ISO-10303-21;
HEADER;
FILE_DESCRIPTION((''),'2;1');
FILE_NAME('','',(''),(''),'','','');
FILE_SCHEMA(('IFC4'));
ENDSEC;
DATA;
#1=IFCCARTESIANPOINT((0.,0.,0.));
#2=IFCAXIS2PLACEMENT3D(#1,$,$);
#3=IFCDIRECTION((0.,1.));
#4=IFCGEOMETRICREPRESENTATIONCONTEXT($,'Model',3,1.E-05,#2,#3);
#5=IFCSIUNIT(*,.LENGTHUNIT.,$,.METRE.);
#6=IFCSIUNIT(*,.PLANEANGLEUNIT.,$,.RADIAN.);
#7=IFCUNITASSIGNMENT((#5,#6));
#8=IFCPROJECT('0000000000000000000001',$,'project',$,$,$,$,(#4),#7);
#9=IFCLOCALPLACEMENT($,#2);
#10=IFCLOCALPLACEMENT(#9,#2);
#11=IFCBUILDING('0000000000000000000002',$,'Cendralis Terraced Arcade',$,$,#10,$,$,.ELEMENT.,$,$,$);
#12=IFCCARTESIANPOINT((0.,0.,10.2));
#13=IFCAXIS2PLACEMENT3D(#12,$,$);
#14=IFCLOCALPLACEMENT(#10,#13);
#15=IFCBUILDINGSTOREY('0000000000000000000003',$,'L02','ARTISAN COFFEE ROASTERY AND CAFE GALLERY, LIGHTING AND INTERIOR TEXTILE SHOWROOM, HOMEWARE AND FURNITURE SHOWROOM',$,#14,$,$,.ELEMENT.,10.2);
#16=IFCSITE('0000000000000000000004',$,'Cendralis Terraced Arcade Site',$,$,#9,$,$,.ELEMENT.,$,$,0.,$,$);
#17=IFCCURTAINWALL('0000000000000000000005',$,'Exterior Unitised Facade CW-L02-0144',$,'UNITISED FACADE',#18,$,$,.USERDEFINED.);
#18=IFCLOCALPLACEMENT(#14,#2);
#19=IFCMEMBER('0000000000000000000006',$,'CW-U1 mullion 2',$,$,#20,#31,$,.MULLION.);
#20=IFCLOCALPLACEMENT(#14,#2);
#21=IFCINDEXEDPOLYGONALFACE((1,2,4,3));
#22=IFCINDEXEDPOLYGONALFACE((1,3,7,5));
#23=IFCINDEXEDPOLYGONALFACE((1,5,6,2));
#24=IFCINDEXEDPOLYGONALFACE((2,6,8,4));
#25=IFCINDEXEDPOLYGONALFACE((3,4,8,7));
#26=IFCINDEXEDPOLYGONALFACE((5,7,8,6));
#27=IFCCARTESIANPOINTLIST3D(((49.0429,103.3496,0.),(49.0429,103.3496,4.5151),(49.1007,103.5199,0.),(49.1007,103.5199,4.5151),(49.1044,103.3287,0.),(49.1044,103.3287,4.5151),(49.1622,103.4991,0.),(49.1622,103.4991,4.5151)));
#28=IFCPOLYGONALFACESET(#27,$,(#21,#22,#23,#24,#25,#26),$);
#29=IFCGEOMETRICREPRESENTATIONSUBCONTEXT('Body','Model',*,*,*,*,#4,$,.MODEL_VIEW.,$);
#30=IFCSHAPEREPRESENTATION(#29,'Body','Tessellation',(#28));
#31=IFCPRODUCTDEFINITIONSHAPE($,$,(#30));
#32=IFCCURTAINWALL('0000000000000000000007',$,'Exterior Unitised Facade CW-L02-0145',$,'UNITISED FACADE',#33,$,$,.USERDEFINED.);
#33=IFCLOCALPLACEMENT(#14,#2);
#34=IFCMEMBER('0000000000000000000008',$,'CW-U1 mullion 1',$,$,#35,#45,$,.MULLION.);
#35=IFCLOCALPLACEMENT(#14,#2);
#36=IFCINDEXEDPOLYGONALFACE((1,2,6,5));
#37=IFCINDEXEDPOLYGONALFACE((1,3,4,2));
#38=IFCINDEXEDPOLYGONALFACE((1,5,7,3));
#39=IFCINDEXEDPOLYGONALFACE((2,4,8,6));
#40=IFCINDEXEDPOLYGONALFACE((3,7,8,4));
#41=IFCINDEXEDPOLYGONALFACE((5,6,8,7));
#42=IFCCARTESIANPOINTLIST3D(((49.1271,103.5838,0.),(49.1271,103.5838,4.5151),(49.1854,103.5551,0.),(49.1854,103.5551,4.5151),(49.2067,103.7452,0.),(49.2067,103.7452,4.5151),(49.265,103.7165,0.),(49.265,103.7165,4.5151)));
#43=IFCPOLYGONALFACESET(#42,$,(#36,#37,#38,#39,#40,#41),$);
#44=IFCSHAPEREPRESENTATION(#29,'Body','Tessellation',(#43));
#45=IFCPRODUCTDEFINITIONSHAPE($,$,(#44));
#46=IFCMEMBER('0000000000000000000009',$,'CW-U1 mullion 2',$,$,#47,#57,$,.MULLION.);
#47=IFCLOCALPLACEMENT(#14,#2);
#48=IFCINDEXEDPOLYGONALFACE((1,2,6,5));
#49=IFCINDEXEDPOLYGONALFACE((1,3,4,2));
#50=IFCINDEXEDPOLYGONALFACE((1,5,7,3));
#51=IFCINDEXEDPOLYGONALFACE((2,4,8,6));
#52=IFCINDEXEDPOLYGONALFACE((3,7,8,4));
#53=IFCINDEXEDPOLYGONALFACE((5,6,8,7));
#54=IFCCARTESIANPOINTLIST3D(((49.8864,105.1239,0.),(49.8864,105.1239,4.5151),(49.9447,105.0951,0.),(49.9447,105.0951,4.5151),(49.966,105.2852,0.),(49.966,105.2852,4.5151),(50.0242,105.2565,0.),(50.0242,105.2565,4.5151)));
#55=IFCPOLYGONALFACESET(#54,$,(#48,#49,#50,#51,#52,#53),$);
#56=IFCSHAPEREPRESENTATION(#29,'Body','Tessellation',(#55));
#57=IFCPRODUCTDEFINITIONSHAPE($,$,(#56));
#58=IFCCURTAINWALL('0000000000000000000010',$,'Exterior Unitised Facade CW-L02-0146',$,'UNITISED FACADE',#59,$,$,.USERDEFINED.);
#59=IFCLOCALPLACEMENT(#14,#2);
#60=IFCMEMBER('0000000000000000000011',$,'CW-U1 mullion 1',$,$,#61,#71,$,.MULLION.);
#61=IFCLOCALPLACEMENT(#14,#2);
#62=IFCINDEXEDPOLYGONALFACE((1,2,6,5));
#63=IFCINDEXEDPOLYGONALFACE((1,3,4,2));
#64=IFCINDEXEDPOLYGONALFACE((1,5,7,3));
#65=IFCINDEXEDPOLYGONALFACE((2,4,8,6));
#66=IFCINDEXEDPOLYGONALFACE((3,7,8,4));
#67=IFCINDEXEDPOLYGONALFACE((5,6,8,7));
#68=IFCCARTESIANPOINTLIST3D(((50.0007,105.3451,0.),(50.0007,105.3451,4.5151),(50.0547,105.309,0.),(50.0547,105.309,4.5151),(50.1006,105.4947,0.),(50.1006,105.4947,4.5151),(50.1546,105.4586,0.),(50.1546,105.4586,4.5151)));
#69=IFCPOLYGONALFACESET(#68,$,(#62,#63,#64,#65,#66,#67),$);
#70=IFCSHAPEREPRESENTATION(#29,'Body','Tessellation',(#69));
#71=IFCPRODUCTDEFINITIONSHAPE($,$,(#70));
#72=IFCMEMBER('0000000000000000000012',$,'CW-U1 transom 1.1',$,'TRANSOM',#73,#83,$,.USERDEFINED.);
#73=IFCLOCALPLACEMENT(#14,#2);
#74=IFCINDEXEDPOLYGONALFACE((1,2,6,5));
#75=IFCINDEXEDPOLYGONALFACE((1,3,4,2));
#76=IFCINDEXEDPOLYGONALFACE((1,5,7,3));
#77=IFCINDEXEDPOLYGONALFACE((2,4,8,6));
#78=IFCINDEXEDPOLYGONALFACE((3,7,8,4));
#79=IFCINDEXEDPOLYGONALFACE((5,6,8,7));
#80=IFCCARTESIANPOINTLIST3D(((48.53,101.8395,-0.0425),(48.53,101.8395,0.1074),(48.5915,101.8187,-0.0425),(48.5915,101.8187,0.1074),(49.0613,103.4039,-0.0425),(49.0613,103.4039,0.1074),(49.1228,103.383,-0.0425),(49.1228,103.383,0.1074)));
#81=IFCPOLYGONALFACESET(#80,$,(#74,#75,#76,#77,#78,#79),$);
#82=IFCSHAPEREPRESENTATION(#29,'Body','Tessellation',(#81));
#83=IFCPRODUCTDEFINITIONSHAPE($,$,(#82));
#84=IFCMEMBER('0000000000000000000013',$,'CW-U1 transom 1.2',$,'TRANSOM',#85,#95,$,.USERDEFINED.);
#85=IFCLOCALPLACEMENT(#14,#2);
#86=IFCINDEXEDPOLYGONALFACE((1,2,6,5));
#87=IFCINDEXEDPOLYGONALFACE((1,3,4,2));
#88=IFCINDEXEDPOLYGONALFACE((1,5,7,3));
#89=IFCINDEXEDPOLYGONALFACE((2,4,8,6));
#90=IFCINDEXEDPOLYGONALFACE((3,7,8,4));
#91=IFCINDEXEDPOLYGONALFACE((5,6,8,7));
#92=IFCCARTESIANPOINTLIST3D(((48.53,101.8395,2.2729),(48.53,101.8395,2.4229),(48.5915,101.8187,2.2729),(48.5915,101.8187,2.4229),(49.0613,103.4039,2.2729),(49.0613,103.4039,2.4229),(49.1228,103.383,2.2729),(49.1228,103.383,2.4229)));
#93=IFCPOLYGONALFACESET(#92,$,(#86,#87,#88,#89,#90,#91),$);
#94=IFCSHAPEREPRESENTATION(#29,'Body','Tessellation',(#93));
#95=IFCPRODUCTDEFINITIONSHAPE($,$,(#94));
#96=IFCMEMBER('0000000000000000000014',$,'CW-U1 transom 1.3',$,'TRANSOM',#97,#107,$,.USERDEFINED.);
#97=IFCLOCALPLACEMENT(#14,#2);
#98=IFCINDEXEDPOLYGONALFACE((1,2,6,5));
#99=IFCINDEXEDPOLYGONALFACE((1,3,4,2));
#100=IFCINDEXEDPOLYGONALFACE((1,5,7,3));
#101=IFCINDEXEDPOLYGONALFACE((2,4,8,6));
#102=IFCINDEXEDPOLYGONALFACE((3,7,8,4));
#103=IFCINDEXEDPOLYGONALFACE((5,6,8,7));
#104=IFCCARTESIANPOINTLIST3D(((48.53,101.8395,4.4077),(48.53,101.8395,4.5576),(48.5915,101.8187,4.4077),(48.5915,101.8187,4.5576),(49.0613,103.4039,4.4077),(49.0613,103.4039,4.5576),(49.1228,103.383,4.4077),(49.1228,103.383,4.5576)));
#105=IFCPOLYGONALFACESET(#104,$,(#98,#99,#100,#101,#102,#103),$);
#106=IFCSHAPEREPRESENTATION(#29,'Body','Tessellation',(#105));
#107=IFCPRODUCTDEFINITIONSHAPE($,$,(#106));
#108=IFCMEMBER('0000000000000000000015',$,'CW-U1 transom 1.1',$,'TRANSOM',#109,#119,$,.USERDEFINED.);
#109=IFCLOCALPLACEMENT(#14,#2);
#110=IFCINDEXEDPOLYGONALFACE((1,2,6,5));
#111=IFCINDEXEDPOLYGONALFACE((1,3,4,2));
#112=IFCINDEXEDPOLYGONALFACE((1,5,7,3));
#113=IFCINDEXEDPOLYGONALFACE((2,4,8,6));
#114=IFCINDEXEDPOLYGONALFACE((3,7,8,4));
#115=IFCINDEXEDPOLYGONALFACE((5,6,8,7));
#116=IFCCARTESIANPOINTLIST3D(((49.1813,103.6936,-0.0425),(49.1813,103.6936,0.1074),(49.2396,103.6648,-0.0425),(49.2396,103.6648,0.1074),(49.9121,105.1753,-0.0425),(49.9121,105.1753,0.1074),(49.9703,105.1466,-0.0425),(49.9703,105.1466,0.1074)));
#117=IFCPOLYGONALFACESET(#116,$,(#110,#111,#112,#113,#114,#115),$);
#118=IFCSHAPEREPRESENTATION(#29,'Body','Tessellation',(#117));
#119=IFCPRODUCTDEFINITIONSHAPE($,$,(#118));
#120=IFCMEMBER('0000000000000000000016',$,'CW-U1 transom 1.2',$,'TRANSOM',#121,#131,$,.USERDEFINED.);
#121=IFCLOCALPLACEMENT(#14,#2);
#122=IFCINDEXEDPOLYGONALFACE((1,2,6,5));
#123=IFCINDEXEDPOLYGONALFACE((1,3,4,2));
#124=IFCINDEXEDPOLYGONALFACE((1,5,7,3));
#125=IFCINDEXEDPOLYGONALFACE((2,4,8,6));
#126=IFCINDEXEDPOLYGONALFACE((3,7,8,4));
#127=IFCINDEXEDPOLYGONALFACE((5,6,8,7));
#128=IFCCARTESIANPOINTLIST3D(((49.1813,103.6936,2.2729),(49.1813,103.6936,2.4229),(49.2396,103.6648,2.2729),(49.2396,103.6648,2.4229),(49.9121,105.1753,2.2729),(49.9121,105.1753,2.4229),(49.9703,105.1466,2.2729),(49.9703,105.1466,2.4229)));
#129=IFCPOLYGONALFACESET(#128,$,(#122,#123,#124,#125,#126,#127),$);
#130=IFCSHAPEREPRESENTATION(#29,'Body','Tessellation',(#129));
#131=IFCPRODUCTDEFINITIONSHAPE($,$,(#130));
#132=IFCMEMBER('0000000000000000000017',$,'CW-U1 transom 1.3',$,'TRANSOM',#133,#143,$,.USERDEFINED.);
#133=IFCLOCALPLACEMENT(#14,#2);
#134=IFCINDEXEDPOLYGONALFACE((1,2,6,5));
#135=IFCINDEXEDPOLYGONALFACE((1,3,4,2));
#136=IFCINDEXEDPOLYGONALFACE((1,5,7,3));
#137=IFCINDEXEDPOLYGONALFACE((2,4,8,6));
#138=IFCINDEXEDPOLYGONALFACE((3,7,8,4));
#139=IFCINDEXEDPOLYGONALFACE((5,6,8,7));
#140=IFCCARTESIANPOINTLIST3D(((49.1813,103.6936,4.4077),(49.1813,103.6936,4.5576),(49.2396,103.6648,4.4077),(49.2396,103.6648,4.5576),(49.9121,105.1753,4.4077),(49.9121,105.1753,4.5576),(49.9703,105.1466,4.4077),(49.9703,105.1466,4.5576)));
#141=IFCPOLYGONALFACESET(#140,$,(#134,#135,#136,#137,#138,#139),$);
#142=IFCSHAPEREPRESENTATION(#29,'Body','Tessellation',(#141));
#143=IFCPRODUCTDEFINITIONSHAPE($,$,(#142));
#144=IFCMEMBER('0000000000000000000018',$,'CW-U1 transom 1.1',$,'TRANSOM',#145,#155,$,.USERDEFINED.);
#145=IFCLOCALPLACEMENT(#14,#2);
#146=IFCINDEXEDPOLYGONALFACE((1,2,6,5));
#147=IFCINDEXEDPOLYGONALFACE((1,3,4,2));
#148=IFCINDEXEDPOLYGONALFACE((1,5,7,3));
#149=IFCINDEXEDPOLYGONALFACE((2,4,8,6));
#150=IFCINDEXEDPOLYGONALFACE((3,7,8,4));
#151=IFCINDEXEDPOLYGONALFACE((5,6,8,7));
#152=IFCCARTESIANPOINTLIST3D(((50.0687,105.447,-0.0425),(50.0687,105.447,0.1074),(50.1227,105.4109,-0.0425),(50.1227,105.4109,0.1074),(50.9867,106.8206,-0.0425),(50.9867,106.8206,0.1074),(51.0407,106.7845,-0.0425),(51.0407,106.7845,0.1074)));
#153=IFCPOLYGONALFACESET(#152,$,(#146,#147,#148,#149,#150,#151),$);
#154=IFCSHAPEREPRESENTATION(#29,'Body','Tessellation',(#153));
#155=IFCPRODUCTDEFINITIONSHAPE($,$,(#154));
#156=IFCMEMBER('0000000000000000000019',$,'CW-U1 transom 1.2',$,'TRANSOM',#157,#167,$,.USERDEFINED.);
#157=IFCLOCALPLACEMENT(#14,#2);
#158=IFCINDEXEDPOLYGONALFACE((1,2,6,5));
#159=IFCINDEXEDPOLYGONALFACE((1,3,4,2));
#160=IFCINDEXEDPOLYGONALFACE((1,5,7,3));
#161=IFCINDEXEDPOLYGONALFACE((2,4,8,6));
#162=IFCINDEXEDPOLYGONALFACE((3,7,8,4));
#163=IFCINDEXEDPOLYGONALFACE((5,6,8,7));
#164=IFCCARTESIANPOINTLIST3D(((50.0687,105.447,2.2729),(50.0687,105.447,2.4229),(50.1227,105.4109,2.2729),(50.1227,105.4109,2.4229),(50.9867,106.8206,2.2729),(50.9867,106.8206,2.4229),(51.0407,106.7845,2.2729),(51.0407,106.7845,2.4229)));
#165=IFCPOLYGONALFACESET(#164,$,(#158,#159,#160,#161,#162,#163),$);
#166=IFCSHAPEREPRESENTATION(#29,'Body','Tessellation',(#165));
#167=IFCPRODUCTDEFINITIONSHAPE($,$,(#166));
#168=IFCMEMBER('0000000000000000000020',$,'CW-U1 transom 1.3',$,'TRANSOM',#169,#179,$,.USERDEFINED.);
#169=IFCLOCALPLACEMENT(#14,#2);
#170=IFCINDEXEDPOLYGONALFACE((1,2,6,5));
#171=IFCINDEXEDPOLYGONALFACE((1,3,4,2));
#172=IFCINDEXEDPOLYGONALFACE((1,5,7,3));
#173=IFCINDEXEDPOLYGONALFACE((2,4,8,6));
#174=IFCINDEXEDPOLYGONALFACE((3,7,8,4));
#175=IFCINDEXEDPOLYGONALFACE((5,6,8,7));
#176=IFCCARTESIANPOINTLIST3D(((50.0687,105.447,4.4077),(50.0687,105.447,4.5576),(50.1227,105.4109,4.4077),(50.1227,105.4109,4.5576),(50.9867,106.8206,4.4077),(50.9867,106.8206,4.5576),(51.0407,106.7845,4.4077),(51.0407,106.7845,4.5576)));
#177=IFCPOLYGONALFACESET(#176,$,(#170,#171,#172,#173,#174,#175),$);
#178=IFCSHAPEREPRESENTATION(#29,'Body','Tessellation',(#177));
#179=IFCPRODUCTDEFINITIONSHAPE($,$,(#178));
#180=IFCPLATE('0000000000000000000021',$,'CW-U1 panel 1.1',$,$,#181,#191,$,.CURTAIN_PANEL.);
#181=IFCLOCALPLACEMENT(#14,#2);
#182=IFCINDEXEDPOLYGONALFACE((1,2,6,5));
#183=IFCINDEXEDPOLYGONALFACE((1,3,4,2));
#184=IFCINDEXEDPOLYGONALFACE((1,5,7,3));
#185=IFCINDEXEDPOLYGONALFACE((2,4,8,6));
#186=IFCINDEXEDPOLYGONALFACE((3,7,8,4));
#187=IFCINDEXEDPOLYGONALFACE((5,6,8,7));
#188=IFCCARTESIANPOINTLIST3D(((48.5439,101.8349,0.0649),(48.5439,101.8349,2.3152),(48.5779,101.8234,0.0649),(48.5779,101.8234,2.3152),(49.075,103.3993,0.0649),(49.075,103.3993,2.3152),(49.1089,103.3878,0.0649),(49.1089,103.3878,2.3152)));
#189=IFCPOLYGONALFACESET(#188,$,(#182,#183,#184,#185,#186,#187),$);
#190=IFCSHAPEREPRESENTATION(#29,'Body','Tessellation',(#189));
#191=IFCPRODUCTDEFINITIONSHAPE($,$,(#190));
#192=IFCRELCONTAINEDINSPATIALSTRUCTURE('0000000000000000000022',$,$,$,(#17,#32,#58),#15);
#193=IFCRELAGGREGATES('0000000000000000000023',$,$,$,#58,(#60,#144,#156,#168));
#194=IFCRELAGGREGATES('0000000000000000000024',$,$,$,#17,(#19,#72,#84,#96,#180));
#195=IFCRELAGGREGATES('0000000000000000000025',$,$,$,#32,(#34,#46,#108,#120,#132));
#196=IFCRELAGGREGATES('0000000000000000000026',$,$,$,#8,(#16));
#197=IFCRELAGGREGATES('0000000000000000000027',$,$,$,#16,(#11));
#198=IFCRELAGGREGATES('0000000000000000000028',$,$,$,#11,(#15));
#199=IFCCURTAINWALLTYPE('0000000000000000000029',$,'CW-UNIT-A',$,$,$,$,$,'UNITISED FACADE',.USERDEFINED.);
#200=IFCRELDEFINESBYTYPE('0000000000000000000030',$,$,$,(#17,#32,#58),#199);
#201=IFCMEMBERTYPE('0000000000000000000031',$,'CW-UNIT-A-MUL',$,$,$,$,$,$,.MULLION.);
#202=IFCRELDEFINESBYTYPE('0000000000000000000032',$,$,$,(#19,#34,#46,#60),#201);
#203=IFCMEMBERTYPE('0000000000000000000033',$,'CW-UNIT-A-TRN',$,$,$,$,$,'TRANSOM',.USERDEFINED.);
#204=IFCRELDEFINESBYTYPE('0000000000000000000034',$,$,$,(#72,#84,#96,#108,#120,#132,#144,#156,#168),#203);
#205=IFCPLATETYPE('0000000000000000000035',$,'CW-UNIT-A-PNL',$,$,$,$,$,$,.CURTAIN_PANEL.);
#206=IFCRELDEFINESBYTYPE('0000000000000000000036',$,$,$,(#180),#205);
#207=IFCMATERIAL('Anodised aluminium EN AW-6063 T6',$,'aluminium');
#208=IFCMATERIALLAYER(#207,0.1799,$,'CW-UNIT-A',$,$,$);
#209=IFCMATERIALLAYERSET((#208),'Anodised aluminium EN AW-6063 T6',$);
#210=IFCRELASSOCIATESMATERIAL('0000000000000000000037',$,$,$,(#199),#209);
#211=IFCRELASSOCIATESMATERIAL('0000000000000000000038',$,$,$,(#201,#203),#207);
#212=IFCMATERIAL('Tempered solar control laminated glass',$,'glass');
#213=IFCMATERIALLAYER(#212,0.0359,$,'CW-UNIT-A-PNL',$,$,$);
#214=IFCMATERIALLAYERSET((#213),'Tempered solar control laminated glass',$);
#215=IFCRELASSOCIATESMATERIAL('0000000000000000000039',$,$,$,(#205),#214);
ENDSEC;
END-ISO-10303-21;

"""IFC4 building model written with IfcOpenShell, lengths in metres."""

from ifc_helpers import new_model, si_unit, direction, frame, origin, origin_2d, place, context, subcontext, project, spatial, rectangle, extrude, material, layer, layer_set, material_profile, profile_set, type_object, element, aggregate, save


model = new_model("IFC4")

# Units and contexts
model_context = context("Model", 3, precision=1e-05, world=origin(), true_north=direction((0.0, 1.0)))
body_context = subcontext(model_context, "Body", "Model", "MODEL_VIEW")
ifc_project = project(units=[si_unit("LENGTHUNIT", "METRE"), si_unit("PLANEANGLEUNIT", "RADIAN")], contexts=[model_context])

# Site, building, storey
site_placement = place(None, origin())
site = spatial("IfcSite", under=ifc_project, at=site_placement, Name="Cendralis Terraced Arcade Site", CompositionType="ELEMENT", RefElevation=0.0)
building_placement = place(site_placement, origin())
building = spatial("IfcBuilding", under=site, at=building_placement, Name="Cendralis Terraced Arcade", CompositionType="ELEMENT")
storey_placement = place(building_placement, frame((0.0, 0.0, 10.2)))
storey = spatial("IfcBuildingStorey", under=building, at=storey_placement, Name="L02", Description="ARTISAN COFFEE ROASTERY AND CAFE GALLERY, LIGHTING AND INTERIOR TEXTILE SHOWROOM, HOMEWARE AND FURNITURE SHOWROOM", CompositionType="ELEMENT", Elevation=10.2)

# Curtain wall, member
ifc_material_1 = material(Name="Anodised aluminium EN AW-6063 T6", Category="aluminium")
ifc_layer_1 = layer(ifc_material_1, 0.1799, Name="CW-UNIT-A")
ifc_layer_set_1 = layer_set([ifc_layer_1], Name="Anodised aluminium EN AW-6063 T6")
curtain_wall_type = type_object("IfcCurtainWallType", Name="CW-UNIT-A", ElementType="UNITISED FACADE", PredefinedType="USERDEFINED", material=ifc_layer_set_1)
curtain_wall_1_placement = place(storey_placement, origin())
curtain_wall_1 = element("IfcCurtainWall", 1, at=curtain_wall_1_placement, inside=storey, type_object=curtain_wall_type, Name="Exterior Unitised Facade CW-L02-0144", ObjectType="UNITISED FACADE", PredefinedType="USERDEFINED")
ifc_material_profile_1 = material_profile(ifc_material_1, rectangle(XDim=0.0649, YDim=0.1799, at=origin_2d()), Name="ALU-MUL-65x180")
ifc_profile_set_1 = profile_set([ifc_material_profile_1], Name="Anodised aluminium EN AW-6063 T6")
member_type_1 = type_object("IfcMemberType", Name="CW-UNIT-A-MUL", PredefinedType="MULLION", material=ifc_profile_set_1)
member_1_placement = place(storey_placement, frame((49.1025, 103.4243, 0.0), z_axis=(0.0, 0.0, 1.0), x_axis=(-0.946924, 0.321458, 0.0)))
member_1 = element("IfcMember", 2, at=member_1_placement, type_object=member_type_1, Name="CW-U1 mullion 2", PredefinedType="MULLION", context=body_context, shape_type="SweptSolid", body=[
    extrude(rectangle(XDim=0.0649, YDim=0.1799, at=origin_2d()), origin(), (0.0, 0.0, 1.0), 4.5151),
])

# Curtain wall, members
curtain_wall_2_placement = place(storey_placement, origin())
curtain_wall_2 = element("IfcCurtainWall", 3, at=curtain_wall_2_placement, inside=storey, type_object=curtain_wall_type, Name="Exterior Unitised Facade CW-L02-0145", ObjectType="UNITISED FACADE", PredefinedType="USERDEFINED")
member_2_placement = place(storey_placement, frame((49.196, 103.6501, 0.0), z_axis=(0.0, 0.0, 1.0), x_axis=(-0.896871, 0.442291, 0.0)))
member_2 = element("IfcMember", 4, at=member_2_placement, type_object=member_type_1, Name="CW-U1 mullion 1", PredefinedType="MULLION", context=body_context, shape_type="SweptSolid", body=[
    extrude(rectangle(XDim=0.0649, YDim=0.1799, at=origin_2d()), origin(), (0.0, 0.0, 1.0), 4.5151),
])
member_3_placement = place(storey_placement, frame((49.9553, 105.1902, 0.0), z_axis=(0.0, 0.0, 1.0), x_axis=(-0.896871, 0.442291, 0.0)))
member_3 = element("IfcMember", 5, at=member_3_placement, type_object=member_type_1, Name="CW-U1 mullion 2", PredefinedType="MULLION", context=body_context, shape_type="SweptSolid", body=[
    extrude(rectangle(XDim=0.0649, YDim=0.1799, at=origin_2d()), origin(), (0.0, 0.0, 1.0), 4.5151),
])

# Curtain wall, member
curtain_wall_3_placement = place(storey_placement, origin())
curtain_wall_3 = element("IfcCurtainWall", 6, at=curtain_wall_3_placement, inside=storey, type_object=curtain_wall_type, Name="Exterior Unitised Facade CW-L02-0146", ObjectType="UNITISED FACADE", PredefinedType="USERDEFINED")
member_4_placement = place(storey_placement, frame((50.0776, 105.4019, 0.0), z_axis=(0.0, 0.0, 1.0), x_axis=(-0.831471, 0.555567, 0.0)))
member_4 = element("IfcMember", 7, at=member_4_placement, type_object=member_type_1, Name="CW-U1 mullion 1", PredefinedType="MULLION", context=body_context, shape_type="SweptSolid", body=[
    extrude(rectangle(XDim=0.0649, YDim=0.1799, at=origin_2d()), origin(), (0.0, 0.0, 1.0), 4.5151),
])

# Members
ifc_material_profile_2 = material_profile(ifc_material_1, rectangle(XDim=0.0649, YDim=0.1499, at=origin_2d()), Name="ALU-TRN-65x150")
ifc_profile_set_2 = profile_set([ifc_material_profile_2], Name="Anodised aluminium EN AW-6063 T6")
member_type_2 = type_object("IfcMemberType", Name="CW-UNIT-A-TRN", ElementType="TRANSOM", PredefinedType="USERDEFINED", material=ifc_profile_set_2)
member_5_placement = place(storey_placement, frame((48.5608, 101.8291, 0.0325), z_axis=(0.321542, 0.946895, 0.0), x_axis=(-0.946895, 0.321542, 0.0)))
member_5 = element("IfcMember", 8, at=member_5_placement, type_object=member_type_2, Name="CW-U1 transom 1.1", ObjectType="TRANSOM", PredefinedType="USERDEFINED", context=body_context, shape_type="SweptSolid", body=[
    extrude(rectangle(XDim=0.0649, YDim=0.1499, at=origin_2d()), origin(), (0.0, 0.0, 1.0), 1.6521),
])
member_6_placement = place(storey_placement, frame((48.5608, 101.8291, 2.3479), z_axis=(0.321542, 0.946895, 0.0), x_axis=(-0.946895, 0.321542, 0.0)))
member_6 = element("IfcMember", 9, at=member_6_placement, type_object=member_type_2, Name="CW-U1 transom 1.2", ObjectType="TRANSOM", PredefinedType="USERDEFINED", context=body_context, shape_type="SweptSolid", body=[
    extrude(rectangle(XDim=0.0649, YDim=0.1499, at=origin_2d()), origin(), (0.0, 0.0, 1.0), 1.6521),
])
member_7_placement = place(storey_placement, frame((48.5608, 101.8291, 4.4827), z_axis=(0.321542, 0.946895, 0.0), x_axis=(-0.946895, 0.321542, 0.0)))
member_7 = element("IfcMember", 10, at=member_7_placement, type_object=member_type_2, Name="CW-U1 transom 1.3", ObjectType="TRANSOM", PredefinedType="USERDEFINED", context=body_context, shape_type="SweptSolid", body=[
    extrude(rectangle(XDim=0.0649, YDim=0.1499, at=origin_2d()), origin(), (0.0, 0.0, 1.0), 1.6521),
])
member_8_placement = place(storey_placement, frame((49.2104, 103.6792, 0.0325), z_axis=(0.442301, 0.896867, 0.0), x_axis=(-0.896867, 0.442301, 0.0)))
member_8 = element("IfcMember", 11, at=member_8_placement, type_object=member_type_2, Name="CW-U1 transom 1.1", ObjectType="TRANSOM", PredefinedType="USERDEFINED", context=body_context, shape_type="SweptSolid", body=[
    extrude(rectangle(XDim=0.0649, YDim=0.1499, at=origin_2d()), origin(), (0.0, 0.0, 1.0), 1.6521),
])
member_9_placement = place(storey_placement, frame((49.2104, 103.6792, 2.3479), z_axis=(0.442301, 0.896867, 0.0), x_axis=(-0.896867, 0.442301, 0.0)))
member_9 = element("IfcMember", 12, at=member_9_placement, type_object=member_type_2, Name="CW-U1 transom 1.2", ObjectType="TRANSOM", PredefinedType="USERDEFINED", context=body_context, shape_type="SweptSolid", body=[
    extrude(rectangle(XDim=0.0649, YDim=0.1499, at=origin_2d()), origin(), (0.0, 0.0, 1.0), 1.6521),
])
member_10_placement = place(storey_placement, frame((49.2104, 103.6792, 4.4827), z_axis=(0.442301, 0.896867, 0.0), x_axis=(-0.896867, 0.442301, 0.0)))
member_10 = element("IfcMember", 13, at=member_10_placement, type_object=member_type_2, Name="CW-U1 transom 1.3", ObjectType="TRANSOM", PredefinedType="USERDEFINED", context=body_context, shape_type="SweptSolid", body=[
    extrude(rectangle(XDim=0.0649, YDim=0.1499, at=origin_2d()), origin(), (0.0, 0.0, 1.0), 1.6521),
])
member_11_placement = place(storey_placement, frame((50.0957, 105.429, 0.0325), z_axis=(0.555655, 0.831413, 0.0), x_axis=(-0.831413, 0.555655, 0.0)))
member_11 = element("IfcMember", 14, at=member_11_placement, type_object=member_type_2, Name="CW-U1 transom 1.1", ObjectType="TRANSOM", PredefinedType="USERDEFINED", context=body_context, shape_type="SweptSolid", body=[
    extrude(rectangle(XDim=0.0649, YDim=0.1499, at=origin_2d()), origin(), (0.0, 0.0, 1.0), 1.6521),
])
member_12_placement = place(storey_placement, frame((50.0957, 105.429, 2.3479), z_axis=(0.555655, 0.831413, 0.0), x_axis=(-0.831413, 0.555655, 0.0)))
member_12 = element("IfcMember", 15, at=member_12_placement, type_object=member_type_2, Name="CW-U1 transom 1.2", ObjectType="TRANSOM", PredefinedType="USERDEFINED", context=body_context, shape_type="SweptSolid", body=[
    extrude(rectangle(XDim=0.0649, YDim=0.1499, at=origin_2d()), origin(), (0.0, 0.0, 1.0), 1.6521),
])
member_13_placement = place(storey_placement, frame((50.0957, 105.429, 4.4827), z_axis=(0.555655, 0.831413, 0.0), x_axis=(-0.831413, 0.555655, 0.0)))
member_13 = element("IfcMember", 16, at=member_13_placement, type_object=member_type_2, Name="CW-U1 transom 1.3", ObjectType="TRANSOM", PredefinedType="USERDEFINED", context=body_context, shape_type="SweptSolid", body=[
    extrude(rectangle(XDim=0.0649, YDim=0.1499, at=origin_2d()), origin(), (0.0, 0.0, 1.0), 1.6521),
])
aggregate(curtain_wall_3, [member_4, member_11, member_12, member_13])

# Plate
ifc_material_2 = material(Name="Tempered solar control laminated glass", Category="glass")
ifc_layer_2 = layer(ifc_material_2, 0.0359, Name="CW-UNIT-A-PNL")
ifc_layer_set_2 = layer_set([ifc_layer_2], Name="Tempered solar control laminated glass")
plate_type = type_object("IfcPlateType", Name="CW-UNIT-A-PNL", PredefinedType="CURTAIN_PANEL", material=ifc_layer_set_2)
plate_1_placement = place(storey_placement, frame((48.8264, 102.6113, 0.0649), z_axis=(0.0, 0.0, 1.0), x_axis=(0.321458, 0.946924, 0.0)))
plate_1 = element("IfcPlate", 17, at=plate_1_placement, type_object=plate_type, Name="CW-U1 panel 1.1", PredefinedType="CURTAIN_PANEL", context=body_context, shape_type="SweptSolid", body=[
    extrude(rectangle(XDim=1.6521, YDim=0.0359, at=origin_2d()), origin(), (0.0, 0.0, 1.0), 2.2502),
])
aggregate(curtain_wall_1, [member_1, member_5, member_6, member_7, plate_1])
aggregate(curtain_wall_2, [member_2, member_3, member_8, member_9, member_10])

save(model, "model.ifc")
